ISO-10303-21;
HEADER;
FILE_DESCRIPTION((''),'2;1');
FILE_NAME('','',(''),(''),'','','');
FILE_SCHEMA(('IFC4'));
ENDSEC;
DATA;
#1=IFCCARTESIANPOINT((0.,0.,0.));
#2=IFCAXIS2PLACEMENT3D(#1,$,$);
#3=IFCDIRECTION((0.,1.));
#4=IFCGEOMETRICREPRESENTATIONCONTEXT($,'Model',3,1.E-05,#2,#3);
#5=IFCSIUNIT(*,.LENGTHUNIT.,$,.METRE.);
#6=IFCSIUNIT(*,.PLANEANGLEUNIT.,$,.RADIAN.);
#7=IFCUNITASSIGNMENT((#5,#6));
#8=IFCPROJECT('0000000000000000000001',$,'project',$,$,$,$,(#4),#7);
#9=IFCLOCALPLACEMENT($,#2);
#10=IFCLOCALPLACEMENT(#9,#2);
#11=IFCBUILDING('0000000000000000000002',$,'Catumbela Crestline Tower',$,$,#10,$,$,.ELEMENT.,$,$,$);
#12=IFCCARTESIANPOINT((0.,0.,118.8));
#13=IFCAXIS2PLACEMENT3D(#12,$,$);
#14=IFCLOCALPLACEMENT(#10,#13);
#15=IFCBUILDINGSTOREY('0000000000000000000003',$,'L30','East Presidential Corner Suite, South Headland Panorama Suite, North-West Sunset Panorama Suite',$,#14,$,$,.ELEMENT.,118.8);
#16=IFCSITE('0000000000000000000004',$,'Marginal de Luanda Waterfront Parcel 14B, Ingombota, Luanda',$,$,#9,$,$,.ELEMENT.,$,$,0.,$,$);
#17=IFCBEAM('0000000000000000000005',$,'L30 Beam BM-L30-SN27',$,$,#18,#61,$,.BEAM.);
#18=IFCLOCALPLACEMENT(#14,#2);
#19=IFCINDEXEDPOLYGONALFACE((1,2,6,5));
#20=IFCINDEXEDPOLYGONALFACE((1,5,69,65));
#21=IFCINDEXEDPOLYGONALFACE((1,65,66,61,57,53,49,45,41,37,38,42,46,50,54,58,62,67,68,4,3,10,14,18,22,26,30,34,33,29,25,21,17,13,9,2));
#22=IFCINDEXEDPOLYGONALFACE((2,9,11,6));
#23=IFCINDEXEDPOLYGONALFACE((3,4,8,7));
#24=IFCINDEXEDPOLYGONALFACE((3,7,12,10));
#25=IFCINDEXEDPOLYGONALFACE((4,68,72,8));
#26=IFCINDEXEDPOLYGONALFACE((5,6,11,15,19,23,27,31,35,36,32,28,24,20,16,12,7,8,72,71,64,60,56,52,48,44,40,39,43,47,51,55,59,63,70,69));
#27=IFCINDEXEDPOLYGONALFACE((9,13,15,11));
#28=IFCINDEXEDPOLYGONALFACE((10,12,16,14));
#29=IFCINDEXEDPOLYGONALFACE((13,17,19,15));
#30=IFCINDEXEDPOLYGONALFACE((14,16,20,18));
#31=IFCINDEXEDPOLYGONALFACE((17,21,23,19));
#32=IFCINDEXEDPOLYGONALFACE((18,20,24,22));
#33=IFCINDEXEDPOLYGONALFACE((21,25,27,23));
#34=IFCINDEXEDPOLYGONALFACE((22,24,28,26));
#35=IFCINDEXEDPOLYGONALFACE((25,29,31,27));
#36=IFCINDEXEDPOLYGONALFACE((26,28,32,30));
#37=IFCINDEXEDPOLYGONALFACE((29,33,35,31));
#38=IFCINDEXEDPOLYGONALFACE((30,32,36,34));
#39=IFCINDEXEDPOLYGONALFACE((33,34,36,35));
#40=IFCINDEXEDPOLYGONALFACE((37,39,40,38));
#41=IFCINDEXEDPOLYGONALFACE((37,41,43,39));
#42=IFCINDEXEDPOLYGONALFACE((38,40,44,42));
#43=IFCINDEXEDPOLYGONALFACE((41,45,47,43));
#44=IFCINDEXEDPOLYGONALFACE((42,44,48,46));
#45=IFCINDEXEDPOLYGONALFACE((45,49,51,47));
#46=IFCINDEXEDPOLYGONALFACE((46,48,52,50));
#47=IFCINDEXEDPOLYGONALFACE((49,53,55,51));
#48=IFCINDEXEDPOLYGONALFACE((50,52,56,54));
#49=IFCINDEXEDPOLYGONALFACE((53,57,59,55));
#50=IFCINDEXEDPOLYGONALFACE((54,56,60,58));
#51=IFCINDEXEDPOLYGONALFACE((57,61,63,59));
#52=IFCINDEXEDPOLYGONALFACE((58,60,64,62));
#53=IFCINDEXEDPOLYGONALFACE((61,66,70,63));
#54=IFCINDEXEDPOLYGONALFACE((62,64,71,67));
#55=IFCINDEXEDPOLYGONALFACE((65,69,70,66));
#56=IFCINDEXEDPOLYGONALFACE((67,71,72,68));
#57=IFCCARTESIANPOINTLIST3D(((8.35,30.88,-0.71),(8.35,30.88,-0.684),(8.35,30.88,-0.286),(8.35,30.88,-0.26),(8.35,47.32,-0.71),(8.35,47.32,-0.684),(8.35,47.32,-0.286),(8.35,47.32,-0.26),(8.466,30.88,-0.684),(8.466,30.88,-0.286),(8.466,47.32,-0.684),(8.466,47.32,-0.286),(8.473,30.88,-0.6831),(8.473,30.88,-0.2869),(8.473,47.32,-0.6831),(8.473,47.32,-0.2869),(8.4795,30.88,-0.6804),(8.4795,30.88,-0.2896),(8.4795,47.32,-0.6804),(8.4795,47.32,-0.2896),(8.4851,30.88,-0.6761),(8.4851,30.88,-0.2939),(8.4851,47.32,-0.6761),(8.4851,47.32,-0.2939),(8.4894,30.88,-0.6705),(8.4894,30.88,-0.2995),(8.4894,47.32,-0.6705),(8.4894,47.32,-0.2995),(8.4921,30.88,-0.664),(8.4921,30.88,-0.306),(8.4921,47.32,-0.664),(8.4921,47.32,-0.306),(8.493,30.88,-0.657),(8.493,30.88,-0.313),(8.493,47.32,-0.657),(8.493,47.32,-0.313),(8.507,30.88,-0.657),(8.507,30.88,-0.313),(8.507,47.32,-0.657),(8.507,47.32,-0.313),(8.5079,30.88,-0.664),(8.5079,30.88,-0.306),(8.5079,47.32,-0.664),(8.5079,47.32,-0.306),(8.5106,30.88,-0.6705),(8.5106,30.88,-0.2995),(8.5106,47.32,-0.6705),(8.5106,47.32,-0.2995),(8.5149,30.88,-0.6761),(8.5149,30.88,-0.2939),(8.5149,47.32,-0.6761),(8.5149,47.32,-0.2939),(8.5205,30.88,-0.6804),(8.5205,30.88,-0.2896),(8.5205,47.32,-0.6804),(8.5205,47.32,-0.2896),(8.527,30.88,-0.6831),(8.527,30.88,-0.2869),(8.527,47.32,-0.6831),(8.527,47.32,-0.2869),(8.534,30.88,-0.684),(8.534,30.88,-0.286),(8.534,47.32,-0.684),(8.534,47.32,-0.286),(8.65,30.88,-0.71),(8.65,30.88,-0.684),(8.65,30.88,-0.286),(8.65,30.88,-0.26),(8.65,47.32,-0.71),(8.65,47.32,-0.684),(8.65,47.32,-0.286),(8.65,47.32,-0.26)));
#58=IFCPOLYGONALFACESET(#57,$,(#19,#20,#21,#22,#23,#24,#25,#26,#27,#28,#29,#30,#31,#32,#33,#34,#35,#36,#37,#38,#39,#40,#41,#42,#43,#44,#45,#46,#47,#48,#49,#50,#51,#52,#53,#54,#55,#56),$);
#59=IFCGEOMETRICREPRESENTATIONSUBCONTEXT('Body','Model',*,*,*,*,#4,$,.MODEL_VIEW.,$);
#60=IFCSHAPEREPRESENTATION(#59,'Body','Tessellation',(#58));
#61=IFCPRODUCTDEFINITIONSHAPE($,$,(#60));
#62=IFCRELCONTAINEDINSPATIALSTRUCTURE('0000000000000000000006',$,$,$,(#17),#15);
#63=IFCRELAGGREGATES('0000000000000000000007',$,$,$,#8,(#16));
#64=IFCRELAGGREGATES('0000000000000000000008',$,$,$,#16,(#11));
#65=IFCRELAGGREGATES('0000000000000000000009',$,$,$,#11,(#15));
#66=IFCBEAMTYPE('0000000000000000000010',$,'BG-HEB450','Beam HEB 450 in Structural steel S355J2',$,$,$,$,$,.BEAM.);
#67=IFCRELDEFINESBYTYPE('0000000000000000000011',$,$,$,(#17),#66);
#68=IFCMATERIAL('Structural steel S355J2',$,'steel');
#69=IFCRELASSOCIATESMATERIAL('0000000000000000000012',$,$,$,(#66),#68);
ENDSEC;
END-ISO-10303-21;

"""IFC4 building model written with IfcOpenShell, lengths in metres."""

from ifc_helpers import new_model, si_unit, direction, frame, origin, origin_2d, place, context, subcontext, project, spatial, i_section, extrude, material, material_profile, profile_set, type_object, element, save


model = new_model("IFC4")

# Units and contexts
model_context = context("Model", 3, precision=1e-05, world=origin(), true_north=direction((0.0, 1.0)))
body_context = subcontext(model_context, "Body", "Model", "MODEL_VIEW")
ifc_project = project(units=[si_unit("LENGTHUNIT", "METRE"), si_unit("PLANEANGLEUNIT", "RADIAN")], contexts=[model_context])

# Site, building, storey
site_placement = place(None, origin())
site = spatial("IfcSite", under=ifc_project, at=site_placement, Name="Marginal de Luanda Waterfront Parcel 14B, Ingombota, Luanda", CompositionType="ELEMENT", RefElevation=0.0)
building_placement = place(site_placement, origin())
building = spatial("IfcBuilding", under=site, at=building_placement, Name="Catumbela Crestline Tower", CompositionType="ELEMENT")
storey_placement = place(building_placement, frame((0.0, 0.0, 118.8)))
storey = spatial("IfcBuildingStorey", under=building, at=storey_placement, Name="L30", Description="East Presidential Corner Suite, South Headland Panorama Suite, North-West Sunset Panorama Suite", CompositionType="ELEMENT", Elevation=118.8)

# Beam
ifc_material_1 = material(Name="Structural steel S355J2", Category="steel")
ifc_material_profile_1 = material_profile(ifc_material_1, i_section(OverallWidth=0.3, OverallDepth=0.45, WebThickness=0.014, FlangeThickness=0.026, FilletRadius=0.027, at=origin_2d()), Name="HEB 450")
ifc_profile_set_1 = profile_set([ifc_material_profile_1], Name="Structural steel S355J2")
beam_type = type_object("IfcBeamType", Name="BG-HEB450", Description="Beam HEB 450 in Structural steel S355J2", PredefinedType="BEAM", material=ifc_profile_set_1)
beam_1_placement = place(storey_placement, frame((8.5, 30.88, -0.485), z_axis=(0.0, 1.0, 0.0), x_axis=(-1.0, 0.0, 0.0)))
element("IfcBeam", 1, at=beam_1_placement, inside=storey, type_object=beam_type, Name="L30 Beam BM-L30-SN27", PredefinedType="BEAM", context=body_context, shape_type="SweptSolid", body=[
    extrude(i_section(OverallWidth=0.3, OverallDepth=0.45, WebThickness=0.014, FlangeThickness=0.026, FilletRadius=0.027, at=origin_2d()), origin(), (0.0, 0.0, 1.0), 16.44),
])

save(model, "model.ifc")
